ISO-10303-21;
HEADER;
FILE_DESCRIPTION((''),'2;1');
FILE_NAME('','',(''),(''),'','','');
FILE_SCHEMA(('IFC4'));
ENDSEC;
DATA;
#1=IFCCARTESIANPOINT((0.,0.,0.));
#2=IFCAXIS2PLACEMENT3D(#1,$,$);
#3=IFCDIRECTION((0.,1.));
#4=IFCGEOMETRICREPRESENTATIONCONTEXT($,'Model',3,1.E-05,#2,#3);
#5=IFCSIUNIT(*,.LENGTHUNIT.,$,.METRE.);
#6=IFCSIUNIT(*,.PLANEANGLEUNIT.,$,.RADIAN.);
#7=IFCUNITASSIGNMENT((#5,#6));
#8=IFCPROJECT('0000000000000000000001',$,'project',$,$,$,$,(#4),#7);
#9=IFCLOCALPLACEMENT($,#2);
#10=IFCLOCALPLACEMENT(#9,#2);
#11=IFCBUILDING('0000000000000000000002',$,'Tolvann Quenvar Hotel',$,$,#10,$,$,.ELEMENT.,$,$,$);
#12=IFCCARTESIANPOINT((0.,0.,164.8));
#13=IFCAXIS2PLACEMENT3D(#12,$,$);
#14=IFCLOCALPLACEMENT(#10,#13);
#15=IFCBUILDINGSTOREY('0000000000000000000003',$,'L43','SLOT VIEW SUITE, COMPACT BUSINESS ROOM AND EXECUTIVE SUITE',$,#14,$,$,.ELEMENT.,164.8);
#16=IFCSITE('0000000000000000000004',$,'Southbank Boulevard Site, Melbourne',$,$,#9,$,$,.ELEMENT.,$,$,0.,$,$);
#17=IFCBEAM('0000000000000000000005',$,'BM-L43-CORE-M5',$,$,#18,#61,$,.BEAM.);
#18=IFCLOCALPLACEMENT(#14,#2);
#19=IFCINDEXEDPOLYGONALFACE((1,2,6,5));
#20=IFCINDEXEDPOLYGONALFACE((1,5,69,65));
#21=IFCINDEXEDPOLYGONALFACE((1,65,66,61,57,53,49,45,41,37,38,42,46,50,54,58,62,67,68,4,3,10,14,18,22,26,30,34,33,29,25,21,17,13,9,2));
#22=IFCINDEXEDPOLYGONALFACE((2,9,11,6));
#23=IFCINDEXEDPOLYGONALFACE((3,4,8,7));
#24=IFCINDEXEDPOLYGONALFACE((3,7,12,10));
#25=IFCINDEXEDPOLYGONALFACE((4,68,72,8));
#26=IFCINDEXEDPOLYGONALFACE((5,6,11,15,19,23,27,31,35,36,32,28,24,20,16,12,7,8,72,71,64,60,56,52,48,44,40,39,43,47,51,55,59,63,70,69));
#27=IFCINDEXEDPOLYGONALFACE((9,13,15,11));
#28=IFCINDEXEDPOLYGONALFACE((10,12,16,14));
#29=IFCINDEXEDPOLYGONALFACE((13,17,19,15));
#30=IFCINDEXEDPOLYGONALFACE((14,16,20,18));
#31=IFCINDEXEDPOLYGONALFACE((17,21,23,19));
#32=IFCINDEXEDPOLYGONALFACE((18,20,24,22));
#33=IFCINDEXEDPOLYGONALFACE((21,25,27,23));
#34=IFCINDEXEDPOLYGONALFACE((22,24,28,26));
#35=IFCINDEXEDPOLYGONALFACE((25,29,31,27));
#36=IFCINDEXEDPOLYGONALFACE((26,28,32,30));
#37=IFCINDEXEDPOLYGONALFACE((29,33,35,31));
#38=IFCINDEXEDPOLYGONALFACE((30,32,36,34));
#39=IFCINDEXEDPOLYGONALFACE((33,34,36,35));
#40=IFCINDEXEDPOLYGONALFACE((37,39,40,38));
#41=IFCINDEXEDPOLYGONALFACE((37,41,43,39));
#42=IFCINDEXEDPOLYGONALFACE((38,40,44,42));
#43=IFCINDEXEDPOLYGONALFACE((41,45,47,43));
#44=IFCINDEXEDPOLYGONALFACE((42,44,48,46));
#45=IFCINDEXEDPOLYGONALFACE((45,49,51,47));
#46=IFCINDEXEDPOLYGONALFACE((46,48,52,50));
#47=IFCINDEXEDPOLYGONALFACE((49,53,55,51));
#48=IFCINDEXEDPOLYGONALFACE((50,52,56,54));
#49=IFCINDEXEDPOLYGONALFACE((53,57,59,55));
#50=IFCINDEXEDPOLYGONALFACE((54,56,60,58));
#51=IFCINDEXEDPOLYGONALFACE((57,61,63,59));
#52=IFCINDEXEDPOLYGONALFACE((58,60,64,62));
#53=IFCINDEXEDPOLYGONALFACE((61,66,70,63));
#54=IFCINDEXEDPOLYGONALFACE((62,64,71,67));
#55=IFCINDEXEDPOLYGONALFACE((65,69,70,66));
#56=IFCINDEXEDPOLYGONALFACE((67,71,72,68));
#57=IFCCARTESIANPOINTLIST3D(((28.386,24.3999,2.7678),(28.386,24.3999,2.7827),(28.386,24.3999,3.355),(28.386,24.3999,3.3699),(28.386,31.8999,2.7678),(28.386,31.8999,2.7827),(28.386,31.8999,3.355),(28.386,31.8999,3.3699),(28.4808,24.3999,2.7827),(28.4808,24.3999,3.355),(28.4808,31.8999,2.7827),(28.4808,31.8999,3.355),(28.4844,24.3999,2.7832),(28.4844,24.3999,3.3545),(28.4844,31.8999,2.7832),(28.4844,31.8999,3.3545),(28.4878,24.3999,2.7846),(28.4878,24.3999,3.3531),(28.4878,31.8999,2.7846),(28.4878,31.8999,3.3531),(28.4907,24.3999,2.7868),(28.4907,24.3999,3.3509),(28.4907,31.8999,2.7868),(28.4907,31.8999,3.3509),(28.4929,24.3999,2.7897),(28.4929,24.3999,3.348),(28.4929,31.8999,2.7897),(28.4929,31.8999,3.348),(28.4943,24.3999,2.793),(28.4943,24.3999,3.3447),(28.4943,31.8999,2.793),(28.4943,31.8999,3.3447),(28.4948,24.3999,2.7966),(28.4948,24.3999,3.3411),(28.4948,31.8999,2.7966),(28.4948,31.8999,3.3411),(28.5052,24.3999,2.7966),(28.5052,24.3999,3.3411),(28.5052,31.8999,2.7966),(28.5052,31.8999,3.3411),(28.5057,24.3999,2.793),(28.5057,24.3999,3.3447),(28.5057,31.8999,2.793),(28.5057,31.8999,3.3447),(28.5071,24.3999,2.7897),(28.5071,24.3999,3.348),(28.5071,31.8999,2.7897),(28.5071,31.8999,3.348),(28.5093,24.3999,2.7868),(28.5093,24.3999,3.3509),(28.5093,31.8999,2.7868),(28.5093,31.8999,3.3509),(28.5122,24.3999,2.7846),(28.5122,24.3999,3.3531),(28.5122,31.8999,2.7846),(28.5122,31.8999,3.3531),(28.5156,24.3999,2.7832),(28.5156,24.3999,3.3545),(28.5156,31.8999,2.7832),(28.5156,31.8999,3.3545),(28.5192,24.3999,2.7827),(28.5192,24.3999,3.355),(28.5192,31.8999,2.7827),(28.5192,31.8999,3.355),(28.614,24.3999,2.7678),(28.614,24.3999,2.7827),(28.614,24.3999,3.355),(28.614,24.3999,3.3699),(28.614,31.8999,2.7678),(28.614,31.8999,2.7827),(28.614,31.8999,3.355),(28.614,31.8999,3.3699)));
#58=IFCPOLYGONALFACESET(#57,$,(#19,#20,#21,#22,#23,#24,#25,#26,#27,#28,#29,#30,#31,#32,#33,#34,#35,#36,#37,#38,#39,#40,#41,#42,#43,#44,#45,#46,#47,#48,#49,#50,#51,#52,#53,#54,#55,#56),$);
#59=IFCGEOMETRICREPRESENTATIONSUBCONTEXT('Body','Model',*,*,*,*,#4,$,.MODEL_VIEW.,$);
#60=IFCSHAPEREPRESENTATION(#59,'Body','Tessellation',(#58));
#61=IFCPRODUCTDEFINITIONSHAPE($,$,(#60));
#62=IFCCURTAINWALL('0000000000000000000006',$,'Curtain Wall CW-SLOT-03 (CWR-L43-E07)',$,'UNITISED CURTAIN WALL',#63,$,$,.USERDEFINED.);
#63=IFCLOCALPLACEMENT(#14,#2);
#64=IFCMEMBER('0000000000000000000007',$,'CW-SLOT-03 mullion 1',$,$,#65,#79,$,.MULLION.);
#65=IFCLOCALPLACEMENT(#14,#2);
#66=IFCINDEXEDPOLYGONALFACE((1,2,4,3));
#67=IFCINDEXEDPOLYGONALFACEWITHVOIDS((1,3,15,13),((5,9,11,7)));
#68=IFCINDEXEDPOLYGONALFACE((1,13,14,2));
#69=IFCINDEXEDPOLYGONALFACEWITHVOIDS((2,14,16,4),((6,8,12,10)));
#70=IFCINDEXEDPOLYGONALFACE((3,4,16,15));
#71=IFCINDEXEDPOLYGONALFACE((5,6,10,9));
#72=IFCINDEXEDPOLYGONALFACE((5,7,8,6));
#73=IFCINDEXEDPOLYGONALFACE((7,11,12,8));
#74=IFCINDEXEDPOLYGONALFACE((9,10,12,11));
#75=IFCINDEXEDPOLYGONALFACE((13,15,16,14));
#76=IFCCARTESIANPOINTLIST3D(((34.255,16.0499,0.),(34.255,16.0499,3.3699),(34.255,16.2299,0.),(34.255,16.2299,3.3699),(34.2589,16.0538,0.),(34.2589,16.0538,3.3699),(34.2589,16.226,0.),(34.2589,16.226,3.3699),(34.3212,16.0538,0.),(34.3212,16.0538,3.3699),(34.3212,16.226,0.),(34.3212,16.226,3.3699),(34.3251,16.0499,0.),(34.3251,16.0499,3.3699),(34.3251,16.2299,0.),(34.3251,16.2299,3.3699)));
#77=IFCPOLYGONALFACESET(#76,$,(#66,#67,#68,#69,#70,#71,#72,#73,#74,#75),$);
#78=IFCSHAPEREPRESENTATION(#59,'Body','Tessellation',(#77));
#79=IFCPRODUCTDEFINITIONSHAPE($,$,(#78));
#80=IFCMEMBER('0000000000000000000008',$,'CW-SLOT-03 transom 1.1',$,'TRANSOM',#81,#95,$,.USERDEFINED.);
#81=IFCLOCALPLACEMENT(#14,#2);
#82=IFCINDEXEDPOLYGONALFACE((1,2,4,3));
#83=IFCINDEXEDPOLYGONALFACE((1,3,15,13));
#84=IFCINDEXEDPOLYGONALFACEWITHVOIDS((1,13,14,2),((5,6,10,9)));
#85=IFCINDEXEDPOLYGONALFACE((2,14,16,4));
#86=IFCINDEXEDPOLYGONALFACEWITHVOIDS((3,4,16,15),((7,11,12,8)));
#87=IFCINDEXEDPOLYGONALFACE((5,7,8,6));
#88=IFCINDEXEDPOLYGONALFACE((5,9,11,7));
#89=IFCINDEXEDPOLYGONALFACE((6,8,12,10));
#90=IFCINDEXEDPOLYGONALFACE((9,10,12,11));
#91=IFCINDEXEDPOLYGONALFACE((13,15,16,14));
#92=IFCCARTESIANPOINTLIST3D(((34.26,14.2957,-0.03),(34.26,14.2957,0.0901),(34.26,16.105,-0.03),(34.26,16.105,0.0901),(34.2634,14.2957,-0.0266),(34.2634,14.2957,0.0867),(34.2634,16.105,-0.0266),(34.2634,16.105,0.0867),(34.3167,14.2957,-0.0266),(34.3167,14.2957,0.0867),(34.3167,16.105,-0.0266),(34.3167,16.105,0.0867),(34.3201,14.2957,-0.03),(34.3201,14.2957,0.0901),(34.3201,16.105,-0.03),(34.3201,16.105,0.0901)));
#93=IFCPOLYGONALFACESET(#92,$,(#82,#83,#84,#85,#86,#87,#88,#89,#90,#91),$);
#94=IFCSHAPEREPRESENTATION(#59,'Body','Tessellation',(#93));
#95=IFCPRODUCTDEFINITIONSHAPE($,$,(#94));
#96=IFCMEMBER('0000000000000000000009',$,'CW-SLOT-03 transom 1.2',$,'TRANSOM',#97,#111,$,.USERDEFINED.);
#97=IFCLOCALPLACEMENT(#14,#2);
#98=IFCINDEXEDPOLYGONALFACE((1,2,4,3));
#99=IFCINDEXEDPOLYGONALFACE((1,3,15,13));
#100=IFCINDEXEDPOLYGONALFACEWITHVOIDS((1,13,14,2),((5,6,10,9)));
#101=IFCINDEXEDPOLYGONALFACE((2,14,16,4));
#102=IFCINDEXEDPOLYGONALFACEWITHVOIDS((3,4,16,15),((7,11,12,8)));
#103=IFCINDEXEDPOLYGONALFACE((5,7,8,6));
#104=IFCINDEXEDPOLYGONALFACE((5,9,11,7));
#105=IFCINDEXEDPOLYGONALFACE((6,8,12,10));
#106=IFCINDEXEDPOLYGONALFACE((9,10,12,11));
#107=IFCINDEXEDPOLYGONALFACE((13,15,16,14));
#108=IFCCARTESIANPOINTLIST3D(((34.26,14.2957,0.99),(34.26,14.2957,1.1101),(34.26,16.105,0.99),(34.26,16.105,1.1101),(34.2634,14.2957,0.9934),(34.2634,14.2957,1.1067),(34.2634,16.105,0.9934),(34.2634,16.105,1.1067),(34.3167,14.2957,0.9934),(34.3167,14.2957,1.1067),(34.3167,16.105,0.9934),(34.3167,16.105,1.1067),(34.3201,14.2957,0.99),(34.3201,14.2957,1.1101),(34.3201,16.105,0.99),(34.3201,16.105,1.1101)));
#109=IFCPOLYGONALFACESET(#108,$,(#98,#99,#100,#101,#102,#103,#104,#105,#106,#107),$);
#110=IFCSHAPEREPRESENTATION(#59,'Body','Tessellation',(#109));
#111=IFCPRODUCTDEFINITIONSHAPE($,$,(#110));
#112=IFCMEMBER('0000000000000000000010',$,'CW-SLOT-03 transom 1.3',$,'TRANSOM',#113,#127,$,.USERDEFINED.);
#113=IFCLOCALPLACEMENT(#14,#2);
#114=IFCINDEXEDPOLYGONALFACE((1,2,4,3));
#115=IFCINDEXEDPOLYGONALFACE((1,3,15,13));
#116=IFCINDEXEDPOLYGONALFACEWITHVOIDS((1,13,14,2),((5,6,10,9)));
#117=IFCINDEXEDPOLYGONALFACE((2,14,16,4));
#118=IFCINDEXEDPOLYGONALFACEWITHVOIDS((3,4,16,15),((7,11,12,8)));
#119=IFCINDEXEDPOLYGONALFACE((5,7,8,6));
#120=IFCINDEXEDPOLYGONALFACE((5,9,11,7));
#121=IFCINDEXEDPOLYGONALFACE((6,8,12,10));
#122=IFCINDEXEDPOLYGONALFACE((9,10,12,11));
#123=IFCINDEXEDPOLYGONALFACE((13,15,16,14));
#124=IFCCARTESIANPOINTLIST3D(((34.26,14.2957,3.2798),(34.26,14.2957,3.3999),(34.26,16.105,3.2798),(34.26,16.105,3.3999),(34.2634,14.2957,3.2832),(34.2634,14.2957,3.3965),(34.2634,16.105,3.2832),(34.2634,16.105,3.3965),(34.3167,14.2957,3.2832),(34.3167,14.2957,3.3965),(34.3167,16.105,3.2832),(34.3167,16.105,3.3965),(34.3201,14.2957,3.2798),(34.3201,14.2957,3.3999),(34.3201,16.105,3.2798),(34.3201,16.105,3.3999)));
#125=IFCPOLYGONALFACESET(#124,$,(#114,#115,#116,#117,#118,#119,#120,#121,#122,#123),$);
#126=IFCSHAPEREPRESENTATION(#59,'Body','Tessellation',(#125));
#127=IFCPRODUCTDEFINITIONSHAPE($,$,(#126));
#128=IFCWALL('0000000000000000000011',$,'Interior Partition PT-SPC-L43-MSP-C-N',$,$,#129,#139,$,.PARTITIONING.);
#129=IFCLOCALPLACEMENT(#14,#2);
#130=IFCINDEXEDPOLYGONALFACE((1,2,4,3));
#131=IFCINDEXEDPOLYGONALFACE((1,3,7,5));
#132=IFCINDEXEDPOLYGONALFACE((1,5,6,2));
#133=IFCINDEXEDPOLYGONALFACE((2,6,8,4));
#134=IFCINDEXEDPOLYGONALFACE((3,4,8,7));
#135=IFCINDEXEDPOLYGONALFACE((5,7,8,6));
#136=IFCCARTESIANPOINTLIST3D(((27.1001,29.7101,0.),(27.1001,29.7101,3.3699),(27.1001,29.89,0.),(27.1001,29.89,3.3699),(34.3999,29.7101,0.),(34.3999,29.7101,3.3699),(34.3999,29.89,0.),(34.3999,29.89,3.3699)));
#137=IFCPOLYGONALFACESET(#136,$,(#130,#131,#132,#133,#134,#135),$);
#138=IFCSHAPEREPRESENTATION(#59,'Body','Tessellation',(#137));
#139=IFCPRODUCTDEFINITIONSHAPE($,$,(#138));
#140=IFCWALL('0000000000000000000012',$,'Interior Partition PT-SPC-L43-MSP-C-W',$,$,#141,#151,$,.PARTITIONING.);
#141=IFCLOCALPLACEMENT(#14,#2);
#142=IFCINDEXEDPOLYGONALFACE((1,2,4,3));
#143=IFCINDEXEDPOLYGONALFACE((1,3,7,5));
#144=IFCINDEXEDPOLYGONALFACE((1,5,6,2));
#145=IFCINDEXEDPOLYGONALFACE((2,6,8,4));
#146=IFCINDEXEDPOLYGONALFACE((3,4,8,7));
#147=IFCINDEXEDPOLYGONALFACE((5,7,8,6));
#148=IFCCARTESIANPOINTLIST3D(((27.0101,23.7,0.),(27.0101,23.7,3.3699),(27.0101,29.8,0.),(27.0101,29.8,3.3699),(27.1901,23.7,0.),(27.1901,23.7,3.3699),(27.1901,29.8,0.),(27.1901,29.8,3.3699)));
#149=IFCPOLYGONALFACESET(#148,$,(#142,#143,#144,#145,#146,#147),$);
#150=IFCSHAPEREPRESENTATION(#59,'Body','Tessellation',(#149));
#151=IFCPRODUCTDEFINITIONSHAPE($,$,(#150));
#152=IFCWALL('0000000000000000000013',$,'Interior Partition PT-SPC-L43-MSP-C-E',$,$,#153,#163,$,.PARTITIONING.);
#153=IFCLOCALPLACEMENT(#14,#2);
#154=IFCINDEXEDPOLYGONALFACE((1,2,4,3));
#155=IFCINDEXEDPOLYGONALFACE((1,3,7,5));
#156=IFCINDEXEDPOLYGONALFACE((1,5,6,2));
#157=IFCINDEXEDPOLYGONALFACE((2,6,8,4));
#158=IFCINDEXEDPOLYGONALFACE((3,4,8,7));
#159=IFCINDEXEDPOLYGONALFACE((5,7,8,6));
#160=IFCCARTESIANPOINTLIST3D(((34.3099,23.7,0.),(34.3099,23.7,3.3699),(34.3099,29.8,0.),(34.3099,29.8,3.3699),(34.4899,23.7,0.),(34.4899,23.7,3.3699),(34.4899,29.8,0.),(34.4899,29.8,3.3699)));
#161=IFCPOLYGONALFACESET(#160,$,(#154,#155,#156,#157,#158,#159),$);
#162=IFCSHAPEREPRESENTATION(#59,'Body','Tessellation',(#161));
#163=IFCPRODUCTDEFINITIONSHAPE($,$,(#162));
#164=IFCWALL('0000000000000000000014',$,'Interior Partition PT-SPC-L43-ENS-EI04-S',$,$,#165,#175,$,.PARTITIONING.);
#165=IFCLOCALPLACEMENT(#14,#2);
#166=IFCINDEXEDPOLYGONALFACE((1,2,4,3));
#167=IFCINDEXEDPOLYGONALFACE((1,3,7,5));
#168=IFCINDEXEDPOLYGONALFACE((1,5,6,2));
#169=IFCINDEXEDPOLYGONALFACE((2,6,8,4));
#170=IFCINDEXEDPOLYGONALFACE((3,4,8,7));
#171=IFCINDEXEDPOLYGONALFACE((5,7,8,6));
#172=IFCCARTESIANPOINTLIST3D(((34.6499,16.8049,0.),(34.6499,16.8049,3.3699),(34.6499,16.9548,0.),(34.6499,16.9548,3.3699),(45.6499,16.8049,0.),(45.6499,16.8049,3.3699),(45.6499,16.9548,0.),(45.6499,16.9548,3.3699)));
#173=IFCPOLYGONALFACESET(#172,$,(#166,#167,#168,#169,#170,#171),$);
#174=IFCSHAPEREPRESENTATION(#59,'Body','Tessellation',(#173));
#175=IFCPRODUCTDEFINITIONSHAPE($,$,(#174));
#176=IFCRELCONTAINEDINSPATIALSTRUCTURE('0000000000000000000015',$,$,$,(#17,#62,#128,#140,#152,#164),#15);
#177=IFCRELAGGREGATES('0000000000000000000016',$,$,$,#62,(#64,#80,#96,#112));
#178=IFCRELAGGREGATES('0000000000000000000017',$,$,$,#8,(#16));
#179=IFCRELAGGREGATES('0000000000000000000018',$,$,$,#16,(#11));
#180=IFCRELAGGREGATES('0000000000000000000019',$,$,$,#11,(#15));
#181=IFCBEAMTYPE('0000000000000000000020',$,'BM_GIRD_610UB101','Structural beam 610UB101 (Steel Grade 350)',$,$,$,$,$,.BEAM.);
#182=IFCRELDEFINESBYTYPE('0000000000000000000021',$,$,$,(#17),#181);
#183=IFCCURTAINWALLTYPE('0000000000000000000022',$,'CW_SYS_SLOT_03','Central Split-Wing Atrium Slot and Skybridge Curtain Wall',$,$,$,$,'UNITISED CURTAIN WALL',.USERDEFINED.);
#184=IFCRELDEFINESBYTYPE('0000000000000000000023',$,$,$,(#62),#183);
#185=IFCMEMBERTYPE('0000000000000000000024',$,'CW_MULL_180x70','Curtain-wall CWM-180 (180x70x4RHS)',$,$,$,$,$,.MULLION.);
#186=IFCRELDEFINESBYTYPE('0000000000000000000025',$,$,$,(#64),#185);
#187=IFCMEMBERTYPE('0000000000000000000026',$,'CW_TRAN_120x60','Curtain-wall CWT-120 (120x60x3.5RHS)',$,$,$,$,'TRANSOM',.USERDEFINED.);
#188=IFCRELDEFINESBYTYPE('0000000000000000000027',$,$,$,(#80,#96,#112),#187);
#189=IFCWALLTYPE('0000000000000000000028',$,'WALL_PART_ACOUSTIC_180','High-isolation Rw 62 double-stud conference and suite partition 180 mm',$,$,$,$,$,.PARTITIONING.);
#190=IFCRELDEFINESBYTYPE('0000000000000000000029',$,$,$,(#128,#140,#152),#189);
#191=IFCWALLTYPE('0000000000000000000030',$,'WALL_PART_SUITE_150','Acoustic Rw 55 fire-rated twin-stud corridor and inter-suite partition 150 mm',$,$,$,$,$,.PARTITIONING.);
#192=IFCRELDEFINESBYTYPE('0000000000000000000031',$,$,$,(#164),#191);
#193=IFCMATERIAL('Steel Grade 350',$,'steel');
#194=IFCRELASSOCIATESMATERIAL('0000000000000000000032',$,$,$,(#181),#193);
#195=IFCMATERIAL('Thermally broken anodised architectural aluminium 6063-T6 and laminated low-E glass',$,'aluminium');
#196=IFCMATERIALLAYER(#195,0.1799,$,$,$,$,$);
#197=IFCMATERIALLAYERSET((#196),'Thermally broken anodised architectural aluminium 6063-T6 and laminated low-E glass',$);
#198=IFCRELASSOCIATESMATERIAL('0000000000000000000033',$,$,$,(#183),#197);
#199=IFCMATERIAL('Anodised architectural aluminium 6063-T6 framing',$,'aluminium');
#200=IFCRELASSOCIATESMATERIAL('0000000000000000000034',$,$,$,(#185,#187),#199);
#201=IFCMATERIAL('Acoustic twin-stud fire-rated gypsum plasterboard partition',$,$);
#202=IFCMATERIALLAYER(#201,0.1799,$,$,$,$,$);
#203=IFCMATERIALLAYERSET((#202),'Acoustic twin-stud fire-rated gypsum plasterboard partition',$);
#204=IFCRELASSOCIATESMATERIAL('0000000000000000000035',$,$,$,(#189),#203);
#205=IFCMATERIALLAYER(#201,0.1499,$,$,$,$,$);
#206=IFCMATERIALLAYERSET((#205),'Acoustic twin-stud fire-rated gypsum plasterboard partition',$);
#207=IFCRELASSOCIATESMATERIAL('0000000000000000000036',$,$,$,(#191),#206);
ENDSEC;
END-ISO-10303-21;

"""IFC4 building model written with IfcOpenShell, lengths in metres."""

from ifc_helpers import new_model, si_unit, direction, frame, frame_2d, origin, origin_2d, place, context, subcontext, project, spatial, rectangle, hollow_rectangle, i_section, extrude, source, transform, mapped, material, layer, layer_set, material_profile, profile_set, type_object, type_shapes, element, aggregate, save


model = new_model("IFC4")

# Units and contexts
model_context = context("Model", 3, precision=1e-05, world=origin(), true_north=direction((0.0, 1.0)))
body_context = subcontext(model_context, "Body", "Model", "MODEL_VIEW")
ifc_project = project(units=[si_unit("LENGTHUNIT", "METRE"), si_unit("PLANEANGLEUNIT", "RADIAN")], contexts=[model_context])

# Site, building, storey
site_placement = place(None, origin())
site = spatial("IfcSite", under=ifc_project, at=site_placement, Name="Southbank Boulevard Site, Melbourne", CompositionType="ELEMENT", RefElevation=0.0)
building_placement = place(site_placement, origin())
building = spatial("IfcBuilding", under=site, at=building_placement, Name="Tolvann Quenvar Hotel", CompositionType="ELEMENT")
storey_placement = place(building_placement, frame((0.0, 0.0, 164.8)))
storey = spatial("IfcBuildingStorey", under=building, at=storey_placement, Name="L43", Description="SLOT VIEW SUITE, COMPACT BUSINESS ROOM AND EXECUTIVE SUITE", CompositionType="ELEMENT", Elevation=164.8)

# Shared definitions
ifc_material_1 = material(Name="Steel Grade 350", Category="steel")

# Beam
ifc_material_profile_1 = material_profile(ifc_material_1, i_section(OverallWidth=0.228, OverallDepth=0.6021, WebThickness=0.0105, FlangeThickness=0.0149, FilletRadius=0.0139, at=origin_2d()), Name="610UB101")
ifc_profile_set_1 = profile_set([ifc_material_profile_1], Name="Steel Grade 350")
beam_type_1 = type_object("IfcBeamType", Name="BM_GIRD_610UB101", Description="Structural beam 610UB101 (Steel Grade 350)", PredefinedType="BEAM", material=ifc_profile_set_1)
shared_shape_1 = source(origin(), body_context, "Body", "SweptSolid", [
    extrude(i_section(OverallWidth=0.228, OverallDepth=0.6021, WebThickness=0.0105, FlangeThickness=0.0149, FilletRadius=0.0139, at=origin_2d()), origin(), (0.0, 0.0, 1.0), 7.5),
])
for number, where, z_axis, x_axis, name in (
    (1, (28.5, 24.3999, 3.0688), (0.0, 1.0, 0.0), (-1.0, 0.0, 0.0), "BM-L43-CORE-M5"),
):
    element("IfcBeam", number, at=place(storey_placement, frame(where, z_axis=z_axis, x_axis=x_axis)), inside=storey, type_object=beam_type_1, Name=name, PredefinedType="BEAM", context=body_context, shape_type="MappedRepresentation", body=[
        mapped(shared_shape_1, transform((0.0, 0.0, 0.0), x_axis=(1.0, 0.0, 0.0), y_axis=(0.0, 1.0, 0.0), z_axis=(0.0, 0.0, 1.0), scale=1.0)),
    ])

# Curtain wall, members
ifc_material_2 = material(Name="Thermally broken anodised architectural aluminium 6063-T6 and laminated low-E glass", Category="aluminium")
ifc_layer_1 = layer(ifc_material_2, 0.1799)
ifc_layer_set_1 = layer_set([ifc_layer_1], Name="Thermally broken anodised architectural aluminium 6063-T6 and laminated low-E glass")
curtain_wall_type = type_object("IfcCurtainWallType", Name="CW_SYS_SLOT_03", Description="Central Split-Wing Atrium Slot and Skybridge Curtain Wall", ElementType="UNITISED CURTAIN WALL", PredefinedType="USERDEFINED", material=ifc_layer_set_1)
curtain_wall_placement = place(storey_placement, origin())
curtain_wall = element("IfcCurtainWall", 2, at=curtain_wall_placement, inside=storey, type_object=curtain_wall_type, Name="Curtain Wall CW-SLOT-03 (CWR-L43-E07)", ObjectType="UNITISED CURTAIN WALL", PredefinedType="USERDEFINED")
ifc_material_3 = material(Name="Anodised architectural aluminium 6063-T6 framing", Category="aluminium")
ifc_material_profile_2 = material_profile(ifc_material_3, hollow_rectangle(XDim=0.0701, YDim=0.1799, WallThickness=0.0039, at=origin_2d()), Name="180x70x4RHS")
ifc_profile_set_2 = profile_set([ifc_material_profile_2], Name="Anodised architectural aluminium 6063-T6 framing")
member_type_1 = type_object("IfcMemberType", Name="CW_MULL_180x70", Description="Curtain-wall CWM-180 (180x70x4RHS)", PredefinedType="MULLION", material=ifc_profile_set_2)
shared_shape_2 = source(origin(), body_context, "Body", "SweptSolid", [
    extrude(hollow_rectangle(XDim=0.0701, YDim=0.1799, WallThickness=0.0039, at=origin_2d()), origin(), (0.0, 0.0, 1.0), 3.3699),
])
type_shapes(member_type_1, [shared_shape_2])
member_1_placement = place(storey_placement, frame((34.29, 16.1399, 0.0), z_axis=(0.0, 0.0, 1.0), x_axis=(1.0, 0.0, 0.0)))
member_1 = element("IfcMember", 3, at=member_1_placement, type_object=member_type_1, Name="CW-SLOT-03 mullion 1", PredefinedType="MULLION", context=body_context, shape_type="MappedRepresentation", body=[
    mapped(shared_shape_2, transform((0.0, 0.0, 0.0), x_axis=(1.0, 0.0, 0.0), y_axis=(0.0, 1.0, 0.0), z_axis=(0.0, 0.0, 1.0), scale=1.0)),
])
ifc_material_profile_3 = material_profile(ifc_material_3, hollow_rectangle(XDim=0.0601, YDim=0.1201, WallThickness=0.0034, at=origin_2d()), Name="120x60x3.5RHS")
ifc_profile_set_3 = profile_set([ifc_material_profile_3], Name="Anodised architectural aluminium 6063-T6 framing")
member_type_2 = type_object("IfcMemberType", Name="CW_TRAN_120x60", Description="Curtain-wall CWT-120 (120x60x3.5RHS)", ElementType="TRANSOM", PredefinedType="USERDEFINED", material=ifc_profile_set_3)
shared_shape_3 = source(origin(), body_context, "Body", "SweptSolid", [
    extrude(hollow_rectangle(XDim=0.0601, YDim=0.1201, WallThickness=0.0034, at=origin_2d()), origin(), (0.0, 0.0, 1.0), 1.8093),
])
type_shapes(member_type_2, [shared_shape_3])
member_2_placement = place(storey_placement, frame((34.29, 16.105, 0.03), z_axis=(0.0, -1.0, 0.0), x_axis=(1.0, 0.0, 0.0)))
member_2 = element("IfcMember", 4, at=member_2_placement, type_object=member_type_2, Name="CW-SLOT-03 transom 1.1", ObjectType="TRANSOM", PredefinedType="USERDEFINED", context=body_context, shape_type="MappedRepresentation", body=[
    mapped(shared_shape_3, transform((0.0, 0.0, 0.0), x_axis=(1.0, 0.0, 0.0), y_axis=(0.0, 1.0, 0.0), z_axis=(0.0, 0.0, 1.0), scale=1.0)),
])
member_3_placement = place(storey_placement, frame((34.29, 16.105, 1.05), z_axis=(0.0, -1.0, 0.0), x_axis=(1.0, 0.0, 0.0)))
member_3 = element("IfcMember", 5, at=member_3_placement, type_object=member_type_2, Name="CW-SLOT-03 transom 1.2", ObjectType="TRANSOM", PredefinedType="USERDEFINED", context=body_context, shape_type="MappedRepresentation", body=[
    mapped(shared_shape_3, transform((0.0, 0.0, 0.0), x_axis=(1.0, 0.0, 0.0), y_axis=(0.0, 1.0, 0.0), z_axis=(0.0, 0.0, 1.0), scale=1.0)),
])
member_4_placement = place(storey_placement, frame((34.29, 16.105, 3.3398), z_axis=(0.0, -1.0, 0.0), x_axis=(1.0, 0.0, 0.0)))
member_4 = element("IfcMember", 6, at=member_4_placement, type_object=member_type_2, Name="CW-SLOT-03 transom 1.3", ObjectType="TRANSOM", PredefinedType="USERDEFINED", context=body_context, shape_type="MappedRepresentation", body=[
    mapped(shared_shape_3, transform((0.0, 0.0, 0.0), x_axis=(1.0, 0.0, 0.0), y_axis=(0.0, 1.0, 0.0), z_axis=(0.0, 0.0, 1.0), scale=1.0)),
])
aggregate(curtain_wall, [member_1, member_2, member_3, member_4])

# Shared definitions
ifc_material_4 = material(Name="Acoustic twin-stud fire-rated gypsum plasterboard partition")
ifc_layer_2 = layer(ifc_material_4, 0.1799)
ifc_layer_set_2 = layer_set([ifc_layer_2], Name="Acoustic twin-stud fire-rated gypsum plasterboard partition")
wall_type_1 = type_object("IfcWallType", Name="WALL_PART_ACOUSTIC_180", Description="High-isolation Rw 62 double-stud conference and suite partition 180 mm", PredefinedType="PARTITIONING", material=ifc_layer_set_2)

# Walls
wall_1_placement = place(storey_placement, frame((27.1001, 29.8, 0.0), z_axis=(0.0, 0.0, 1.0), x_axis=(1.0, 0.0, 0.0)))
element("IfcWall", 7, at=wall_1_placement, inside=storey, type_object=wall_type_1, Name="Interior Partition PT-SPC-L43-MSP-C-N", PredefinedType="PARTITIONING", context=body_context, shape_type="SweptSolid", body=[
    extrude(rectangle(XDim=7.2998, YDim=0.1799, at=frame_2d((3.6499, 0.0))), origin(), (0.0, 0.0, 1.0), 3.3699),
])
for number, where, z_axis, x_axis, name in (
    (8, (27.1001, 23.7, 0.0), (0.0, 0.0, 1.0), (0.0, 1.0, 0.0), "Interior Partition PT-SPC-L43-MSP-C-W"),
    (9, (34.3999, 23.7, 0.0), (0.0, 0.0, 1.0), (0.0, 1.0, 0.0), "Interior Partition PT-SPC-L43-MSP-C-E"),
):
    element("IfcWall", number, at=place(storey_placement, frame(where, z_axis=z_axis, x_axis=x_axis)), inside=storey, type_object=wall_type_1, Name=name, PredefinedType="PARTITIONING", context=body_context, shape_type="SweptSolid", body=[
        extrude(rectangle(XDim=6.1001, YDim=0.1799, at=frame_2d((3.05, 0.0))), origin(), (0.0, 0.0, 1.0), 3.3699),
    ])
ifc_layer_3 = layer(ifc_material_4, 0.1499)
ifc_layer_set_3 = layer_set([ifc_layer_3], Name="Acoustic twin-stud fire-rated gypsum plasterboard partition")
wall_type_2 = type_object("IfcWallType", Name="WALL_PART_SUITE_150", Description="Acoustic Rw 55 fire-rated twin-stud corridor and inter-suite partition 150 mm", PredefinedType="PARTITIONING", material=ifc_layer_set_3)
wall_2_placement = place(storey_placement, frame((34.6499, 16.8799, 0.0), z_axis=(0.0, 0.0, 1.0), x_axis=(1.0, 0.0, 0.0)))
element("IfcWall", 10, at=wall_2_placement, inside=storey, type_object=wall_type_2, Name="Interior Partition PT-SPC-L43-ENS-EI04-S", PredefinedType="PARTITIONING", context=body_context, shape_type="SweptSolid", body=[
    extrude(rectangle(XDim=11.0, YDim=0.1499, at=frame_2d((5.5, 0.0))), origin(), (0.0, 0.0, 1.0), 3.3699),
])

save(model, "model.ifc")
